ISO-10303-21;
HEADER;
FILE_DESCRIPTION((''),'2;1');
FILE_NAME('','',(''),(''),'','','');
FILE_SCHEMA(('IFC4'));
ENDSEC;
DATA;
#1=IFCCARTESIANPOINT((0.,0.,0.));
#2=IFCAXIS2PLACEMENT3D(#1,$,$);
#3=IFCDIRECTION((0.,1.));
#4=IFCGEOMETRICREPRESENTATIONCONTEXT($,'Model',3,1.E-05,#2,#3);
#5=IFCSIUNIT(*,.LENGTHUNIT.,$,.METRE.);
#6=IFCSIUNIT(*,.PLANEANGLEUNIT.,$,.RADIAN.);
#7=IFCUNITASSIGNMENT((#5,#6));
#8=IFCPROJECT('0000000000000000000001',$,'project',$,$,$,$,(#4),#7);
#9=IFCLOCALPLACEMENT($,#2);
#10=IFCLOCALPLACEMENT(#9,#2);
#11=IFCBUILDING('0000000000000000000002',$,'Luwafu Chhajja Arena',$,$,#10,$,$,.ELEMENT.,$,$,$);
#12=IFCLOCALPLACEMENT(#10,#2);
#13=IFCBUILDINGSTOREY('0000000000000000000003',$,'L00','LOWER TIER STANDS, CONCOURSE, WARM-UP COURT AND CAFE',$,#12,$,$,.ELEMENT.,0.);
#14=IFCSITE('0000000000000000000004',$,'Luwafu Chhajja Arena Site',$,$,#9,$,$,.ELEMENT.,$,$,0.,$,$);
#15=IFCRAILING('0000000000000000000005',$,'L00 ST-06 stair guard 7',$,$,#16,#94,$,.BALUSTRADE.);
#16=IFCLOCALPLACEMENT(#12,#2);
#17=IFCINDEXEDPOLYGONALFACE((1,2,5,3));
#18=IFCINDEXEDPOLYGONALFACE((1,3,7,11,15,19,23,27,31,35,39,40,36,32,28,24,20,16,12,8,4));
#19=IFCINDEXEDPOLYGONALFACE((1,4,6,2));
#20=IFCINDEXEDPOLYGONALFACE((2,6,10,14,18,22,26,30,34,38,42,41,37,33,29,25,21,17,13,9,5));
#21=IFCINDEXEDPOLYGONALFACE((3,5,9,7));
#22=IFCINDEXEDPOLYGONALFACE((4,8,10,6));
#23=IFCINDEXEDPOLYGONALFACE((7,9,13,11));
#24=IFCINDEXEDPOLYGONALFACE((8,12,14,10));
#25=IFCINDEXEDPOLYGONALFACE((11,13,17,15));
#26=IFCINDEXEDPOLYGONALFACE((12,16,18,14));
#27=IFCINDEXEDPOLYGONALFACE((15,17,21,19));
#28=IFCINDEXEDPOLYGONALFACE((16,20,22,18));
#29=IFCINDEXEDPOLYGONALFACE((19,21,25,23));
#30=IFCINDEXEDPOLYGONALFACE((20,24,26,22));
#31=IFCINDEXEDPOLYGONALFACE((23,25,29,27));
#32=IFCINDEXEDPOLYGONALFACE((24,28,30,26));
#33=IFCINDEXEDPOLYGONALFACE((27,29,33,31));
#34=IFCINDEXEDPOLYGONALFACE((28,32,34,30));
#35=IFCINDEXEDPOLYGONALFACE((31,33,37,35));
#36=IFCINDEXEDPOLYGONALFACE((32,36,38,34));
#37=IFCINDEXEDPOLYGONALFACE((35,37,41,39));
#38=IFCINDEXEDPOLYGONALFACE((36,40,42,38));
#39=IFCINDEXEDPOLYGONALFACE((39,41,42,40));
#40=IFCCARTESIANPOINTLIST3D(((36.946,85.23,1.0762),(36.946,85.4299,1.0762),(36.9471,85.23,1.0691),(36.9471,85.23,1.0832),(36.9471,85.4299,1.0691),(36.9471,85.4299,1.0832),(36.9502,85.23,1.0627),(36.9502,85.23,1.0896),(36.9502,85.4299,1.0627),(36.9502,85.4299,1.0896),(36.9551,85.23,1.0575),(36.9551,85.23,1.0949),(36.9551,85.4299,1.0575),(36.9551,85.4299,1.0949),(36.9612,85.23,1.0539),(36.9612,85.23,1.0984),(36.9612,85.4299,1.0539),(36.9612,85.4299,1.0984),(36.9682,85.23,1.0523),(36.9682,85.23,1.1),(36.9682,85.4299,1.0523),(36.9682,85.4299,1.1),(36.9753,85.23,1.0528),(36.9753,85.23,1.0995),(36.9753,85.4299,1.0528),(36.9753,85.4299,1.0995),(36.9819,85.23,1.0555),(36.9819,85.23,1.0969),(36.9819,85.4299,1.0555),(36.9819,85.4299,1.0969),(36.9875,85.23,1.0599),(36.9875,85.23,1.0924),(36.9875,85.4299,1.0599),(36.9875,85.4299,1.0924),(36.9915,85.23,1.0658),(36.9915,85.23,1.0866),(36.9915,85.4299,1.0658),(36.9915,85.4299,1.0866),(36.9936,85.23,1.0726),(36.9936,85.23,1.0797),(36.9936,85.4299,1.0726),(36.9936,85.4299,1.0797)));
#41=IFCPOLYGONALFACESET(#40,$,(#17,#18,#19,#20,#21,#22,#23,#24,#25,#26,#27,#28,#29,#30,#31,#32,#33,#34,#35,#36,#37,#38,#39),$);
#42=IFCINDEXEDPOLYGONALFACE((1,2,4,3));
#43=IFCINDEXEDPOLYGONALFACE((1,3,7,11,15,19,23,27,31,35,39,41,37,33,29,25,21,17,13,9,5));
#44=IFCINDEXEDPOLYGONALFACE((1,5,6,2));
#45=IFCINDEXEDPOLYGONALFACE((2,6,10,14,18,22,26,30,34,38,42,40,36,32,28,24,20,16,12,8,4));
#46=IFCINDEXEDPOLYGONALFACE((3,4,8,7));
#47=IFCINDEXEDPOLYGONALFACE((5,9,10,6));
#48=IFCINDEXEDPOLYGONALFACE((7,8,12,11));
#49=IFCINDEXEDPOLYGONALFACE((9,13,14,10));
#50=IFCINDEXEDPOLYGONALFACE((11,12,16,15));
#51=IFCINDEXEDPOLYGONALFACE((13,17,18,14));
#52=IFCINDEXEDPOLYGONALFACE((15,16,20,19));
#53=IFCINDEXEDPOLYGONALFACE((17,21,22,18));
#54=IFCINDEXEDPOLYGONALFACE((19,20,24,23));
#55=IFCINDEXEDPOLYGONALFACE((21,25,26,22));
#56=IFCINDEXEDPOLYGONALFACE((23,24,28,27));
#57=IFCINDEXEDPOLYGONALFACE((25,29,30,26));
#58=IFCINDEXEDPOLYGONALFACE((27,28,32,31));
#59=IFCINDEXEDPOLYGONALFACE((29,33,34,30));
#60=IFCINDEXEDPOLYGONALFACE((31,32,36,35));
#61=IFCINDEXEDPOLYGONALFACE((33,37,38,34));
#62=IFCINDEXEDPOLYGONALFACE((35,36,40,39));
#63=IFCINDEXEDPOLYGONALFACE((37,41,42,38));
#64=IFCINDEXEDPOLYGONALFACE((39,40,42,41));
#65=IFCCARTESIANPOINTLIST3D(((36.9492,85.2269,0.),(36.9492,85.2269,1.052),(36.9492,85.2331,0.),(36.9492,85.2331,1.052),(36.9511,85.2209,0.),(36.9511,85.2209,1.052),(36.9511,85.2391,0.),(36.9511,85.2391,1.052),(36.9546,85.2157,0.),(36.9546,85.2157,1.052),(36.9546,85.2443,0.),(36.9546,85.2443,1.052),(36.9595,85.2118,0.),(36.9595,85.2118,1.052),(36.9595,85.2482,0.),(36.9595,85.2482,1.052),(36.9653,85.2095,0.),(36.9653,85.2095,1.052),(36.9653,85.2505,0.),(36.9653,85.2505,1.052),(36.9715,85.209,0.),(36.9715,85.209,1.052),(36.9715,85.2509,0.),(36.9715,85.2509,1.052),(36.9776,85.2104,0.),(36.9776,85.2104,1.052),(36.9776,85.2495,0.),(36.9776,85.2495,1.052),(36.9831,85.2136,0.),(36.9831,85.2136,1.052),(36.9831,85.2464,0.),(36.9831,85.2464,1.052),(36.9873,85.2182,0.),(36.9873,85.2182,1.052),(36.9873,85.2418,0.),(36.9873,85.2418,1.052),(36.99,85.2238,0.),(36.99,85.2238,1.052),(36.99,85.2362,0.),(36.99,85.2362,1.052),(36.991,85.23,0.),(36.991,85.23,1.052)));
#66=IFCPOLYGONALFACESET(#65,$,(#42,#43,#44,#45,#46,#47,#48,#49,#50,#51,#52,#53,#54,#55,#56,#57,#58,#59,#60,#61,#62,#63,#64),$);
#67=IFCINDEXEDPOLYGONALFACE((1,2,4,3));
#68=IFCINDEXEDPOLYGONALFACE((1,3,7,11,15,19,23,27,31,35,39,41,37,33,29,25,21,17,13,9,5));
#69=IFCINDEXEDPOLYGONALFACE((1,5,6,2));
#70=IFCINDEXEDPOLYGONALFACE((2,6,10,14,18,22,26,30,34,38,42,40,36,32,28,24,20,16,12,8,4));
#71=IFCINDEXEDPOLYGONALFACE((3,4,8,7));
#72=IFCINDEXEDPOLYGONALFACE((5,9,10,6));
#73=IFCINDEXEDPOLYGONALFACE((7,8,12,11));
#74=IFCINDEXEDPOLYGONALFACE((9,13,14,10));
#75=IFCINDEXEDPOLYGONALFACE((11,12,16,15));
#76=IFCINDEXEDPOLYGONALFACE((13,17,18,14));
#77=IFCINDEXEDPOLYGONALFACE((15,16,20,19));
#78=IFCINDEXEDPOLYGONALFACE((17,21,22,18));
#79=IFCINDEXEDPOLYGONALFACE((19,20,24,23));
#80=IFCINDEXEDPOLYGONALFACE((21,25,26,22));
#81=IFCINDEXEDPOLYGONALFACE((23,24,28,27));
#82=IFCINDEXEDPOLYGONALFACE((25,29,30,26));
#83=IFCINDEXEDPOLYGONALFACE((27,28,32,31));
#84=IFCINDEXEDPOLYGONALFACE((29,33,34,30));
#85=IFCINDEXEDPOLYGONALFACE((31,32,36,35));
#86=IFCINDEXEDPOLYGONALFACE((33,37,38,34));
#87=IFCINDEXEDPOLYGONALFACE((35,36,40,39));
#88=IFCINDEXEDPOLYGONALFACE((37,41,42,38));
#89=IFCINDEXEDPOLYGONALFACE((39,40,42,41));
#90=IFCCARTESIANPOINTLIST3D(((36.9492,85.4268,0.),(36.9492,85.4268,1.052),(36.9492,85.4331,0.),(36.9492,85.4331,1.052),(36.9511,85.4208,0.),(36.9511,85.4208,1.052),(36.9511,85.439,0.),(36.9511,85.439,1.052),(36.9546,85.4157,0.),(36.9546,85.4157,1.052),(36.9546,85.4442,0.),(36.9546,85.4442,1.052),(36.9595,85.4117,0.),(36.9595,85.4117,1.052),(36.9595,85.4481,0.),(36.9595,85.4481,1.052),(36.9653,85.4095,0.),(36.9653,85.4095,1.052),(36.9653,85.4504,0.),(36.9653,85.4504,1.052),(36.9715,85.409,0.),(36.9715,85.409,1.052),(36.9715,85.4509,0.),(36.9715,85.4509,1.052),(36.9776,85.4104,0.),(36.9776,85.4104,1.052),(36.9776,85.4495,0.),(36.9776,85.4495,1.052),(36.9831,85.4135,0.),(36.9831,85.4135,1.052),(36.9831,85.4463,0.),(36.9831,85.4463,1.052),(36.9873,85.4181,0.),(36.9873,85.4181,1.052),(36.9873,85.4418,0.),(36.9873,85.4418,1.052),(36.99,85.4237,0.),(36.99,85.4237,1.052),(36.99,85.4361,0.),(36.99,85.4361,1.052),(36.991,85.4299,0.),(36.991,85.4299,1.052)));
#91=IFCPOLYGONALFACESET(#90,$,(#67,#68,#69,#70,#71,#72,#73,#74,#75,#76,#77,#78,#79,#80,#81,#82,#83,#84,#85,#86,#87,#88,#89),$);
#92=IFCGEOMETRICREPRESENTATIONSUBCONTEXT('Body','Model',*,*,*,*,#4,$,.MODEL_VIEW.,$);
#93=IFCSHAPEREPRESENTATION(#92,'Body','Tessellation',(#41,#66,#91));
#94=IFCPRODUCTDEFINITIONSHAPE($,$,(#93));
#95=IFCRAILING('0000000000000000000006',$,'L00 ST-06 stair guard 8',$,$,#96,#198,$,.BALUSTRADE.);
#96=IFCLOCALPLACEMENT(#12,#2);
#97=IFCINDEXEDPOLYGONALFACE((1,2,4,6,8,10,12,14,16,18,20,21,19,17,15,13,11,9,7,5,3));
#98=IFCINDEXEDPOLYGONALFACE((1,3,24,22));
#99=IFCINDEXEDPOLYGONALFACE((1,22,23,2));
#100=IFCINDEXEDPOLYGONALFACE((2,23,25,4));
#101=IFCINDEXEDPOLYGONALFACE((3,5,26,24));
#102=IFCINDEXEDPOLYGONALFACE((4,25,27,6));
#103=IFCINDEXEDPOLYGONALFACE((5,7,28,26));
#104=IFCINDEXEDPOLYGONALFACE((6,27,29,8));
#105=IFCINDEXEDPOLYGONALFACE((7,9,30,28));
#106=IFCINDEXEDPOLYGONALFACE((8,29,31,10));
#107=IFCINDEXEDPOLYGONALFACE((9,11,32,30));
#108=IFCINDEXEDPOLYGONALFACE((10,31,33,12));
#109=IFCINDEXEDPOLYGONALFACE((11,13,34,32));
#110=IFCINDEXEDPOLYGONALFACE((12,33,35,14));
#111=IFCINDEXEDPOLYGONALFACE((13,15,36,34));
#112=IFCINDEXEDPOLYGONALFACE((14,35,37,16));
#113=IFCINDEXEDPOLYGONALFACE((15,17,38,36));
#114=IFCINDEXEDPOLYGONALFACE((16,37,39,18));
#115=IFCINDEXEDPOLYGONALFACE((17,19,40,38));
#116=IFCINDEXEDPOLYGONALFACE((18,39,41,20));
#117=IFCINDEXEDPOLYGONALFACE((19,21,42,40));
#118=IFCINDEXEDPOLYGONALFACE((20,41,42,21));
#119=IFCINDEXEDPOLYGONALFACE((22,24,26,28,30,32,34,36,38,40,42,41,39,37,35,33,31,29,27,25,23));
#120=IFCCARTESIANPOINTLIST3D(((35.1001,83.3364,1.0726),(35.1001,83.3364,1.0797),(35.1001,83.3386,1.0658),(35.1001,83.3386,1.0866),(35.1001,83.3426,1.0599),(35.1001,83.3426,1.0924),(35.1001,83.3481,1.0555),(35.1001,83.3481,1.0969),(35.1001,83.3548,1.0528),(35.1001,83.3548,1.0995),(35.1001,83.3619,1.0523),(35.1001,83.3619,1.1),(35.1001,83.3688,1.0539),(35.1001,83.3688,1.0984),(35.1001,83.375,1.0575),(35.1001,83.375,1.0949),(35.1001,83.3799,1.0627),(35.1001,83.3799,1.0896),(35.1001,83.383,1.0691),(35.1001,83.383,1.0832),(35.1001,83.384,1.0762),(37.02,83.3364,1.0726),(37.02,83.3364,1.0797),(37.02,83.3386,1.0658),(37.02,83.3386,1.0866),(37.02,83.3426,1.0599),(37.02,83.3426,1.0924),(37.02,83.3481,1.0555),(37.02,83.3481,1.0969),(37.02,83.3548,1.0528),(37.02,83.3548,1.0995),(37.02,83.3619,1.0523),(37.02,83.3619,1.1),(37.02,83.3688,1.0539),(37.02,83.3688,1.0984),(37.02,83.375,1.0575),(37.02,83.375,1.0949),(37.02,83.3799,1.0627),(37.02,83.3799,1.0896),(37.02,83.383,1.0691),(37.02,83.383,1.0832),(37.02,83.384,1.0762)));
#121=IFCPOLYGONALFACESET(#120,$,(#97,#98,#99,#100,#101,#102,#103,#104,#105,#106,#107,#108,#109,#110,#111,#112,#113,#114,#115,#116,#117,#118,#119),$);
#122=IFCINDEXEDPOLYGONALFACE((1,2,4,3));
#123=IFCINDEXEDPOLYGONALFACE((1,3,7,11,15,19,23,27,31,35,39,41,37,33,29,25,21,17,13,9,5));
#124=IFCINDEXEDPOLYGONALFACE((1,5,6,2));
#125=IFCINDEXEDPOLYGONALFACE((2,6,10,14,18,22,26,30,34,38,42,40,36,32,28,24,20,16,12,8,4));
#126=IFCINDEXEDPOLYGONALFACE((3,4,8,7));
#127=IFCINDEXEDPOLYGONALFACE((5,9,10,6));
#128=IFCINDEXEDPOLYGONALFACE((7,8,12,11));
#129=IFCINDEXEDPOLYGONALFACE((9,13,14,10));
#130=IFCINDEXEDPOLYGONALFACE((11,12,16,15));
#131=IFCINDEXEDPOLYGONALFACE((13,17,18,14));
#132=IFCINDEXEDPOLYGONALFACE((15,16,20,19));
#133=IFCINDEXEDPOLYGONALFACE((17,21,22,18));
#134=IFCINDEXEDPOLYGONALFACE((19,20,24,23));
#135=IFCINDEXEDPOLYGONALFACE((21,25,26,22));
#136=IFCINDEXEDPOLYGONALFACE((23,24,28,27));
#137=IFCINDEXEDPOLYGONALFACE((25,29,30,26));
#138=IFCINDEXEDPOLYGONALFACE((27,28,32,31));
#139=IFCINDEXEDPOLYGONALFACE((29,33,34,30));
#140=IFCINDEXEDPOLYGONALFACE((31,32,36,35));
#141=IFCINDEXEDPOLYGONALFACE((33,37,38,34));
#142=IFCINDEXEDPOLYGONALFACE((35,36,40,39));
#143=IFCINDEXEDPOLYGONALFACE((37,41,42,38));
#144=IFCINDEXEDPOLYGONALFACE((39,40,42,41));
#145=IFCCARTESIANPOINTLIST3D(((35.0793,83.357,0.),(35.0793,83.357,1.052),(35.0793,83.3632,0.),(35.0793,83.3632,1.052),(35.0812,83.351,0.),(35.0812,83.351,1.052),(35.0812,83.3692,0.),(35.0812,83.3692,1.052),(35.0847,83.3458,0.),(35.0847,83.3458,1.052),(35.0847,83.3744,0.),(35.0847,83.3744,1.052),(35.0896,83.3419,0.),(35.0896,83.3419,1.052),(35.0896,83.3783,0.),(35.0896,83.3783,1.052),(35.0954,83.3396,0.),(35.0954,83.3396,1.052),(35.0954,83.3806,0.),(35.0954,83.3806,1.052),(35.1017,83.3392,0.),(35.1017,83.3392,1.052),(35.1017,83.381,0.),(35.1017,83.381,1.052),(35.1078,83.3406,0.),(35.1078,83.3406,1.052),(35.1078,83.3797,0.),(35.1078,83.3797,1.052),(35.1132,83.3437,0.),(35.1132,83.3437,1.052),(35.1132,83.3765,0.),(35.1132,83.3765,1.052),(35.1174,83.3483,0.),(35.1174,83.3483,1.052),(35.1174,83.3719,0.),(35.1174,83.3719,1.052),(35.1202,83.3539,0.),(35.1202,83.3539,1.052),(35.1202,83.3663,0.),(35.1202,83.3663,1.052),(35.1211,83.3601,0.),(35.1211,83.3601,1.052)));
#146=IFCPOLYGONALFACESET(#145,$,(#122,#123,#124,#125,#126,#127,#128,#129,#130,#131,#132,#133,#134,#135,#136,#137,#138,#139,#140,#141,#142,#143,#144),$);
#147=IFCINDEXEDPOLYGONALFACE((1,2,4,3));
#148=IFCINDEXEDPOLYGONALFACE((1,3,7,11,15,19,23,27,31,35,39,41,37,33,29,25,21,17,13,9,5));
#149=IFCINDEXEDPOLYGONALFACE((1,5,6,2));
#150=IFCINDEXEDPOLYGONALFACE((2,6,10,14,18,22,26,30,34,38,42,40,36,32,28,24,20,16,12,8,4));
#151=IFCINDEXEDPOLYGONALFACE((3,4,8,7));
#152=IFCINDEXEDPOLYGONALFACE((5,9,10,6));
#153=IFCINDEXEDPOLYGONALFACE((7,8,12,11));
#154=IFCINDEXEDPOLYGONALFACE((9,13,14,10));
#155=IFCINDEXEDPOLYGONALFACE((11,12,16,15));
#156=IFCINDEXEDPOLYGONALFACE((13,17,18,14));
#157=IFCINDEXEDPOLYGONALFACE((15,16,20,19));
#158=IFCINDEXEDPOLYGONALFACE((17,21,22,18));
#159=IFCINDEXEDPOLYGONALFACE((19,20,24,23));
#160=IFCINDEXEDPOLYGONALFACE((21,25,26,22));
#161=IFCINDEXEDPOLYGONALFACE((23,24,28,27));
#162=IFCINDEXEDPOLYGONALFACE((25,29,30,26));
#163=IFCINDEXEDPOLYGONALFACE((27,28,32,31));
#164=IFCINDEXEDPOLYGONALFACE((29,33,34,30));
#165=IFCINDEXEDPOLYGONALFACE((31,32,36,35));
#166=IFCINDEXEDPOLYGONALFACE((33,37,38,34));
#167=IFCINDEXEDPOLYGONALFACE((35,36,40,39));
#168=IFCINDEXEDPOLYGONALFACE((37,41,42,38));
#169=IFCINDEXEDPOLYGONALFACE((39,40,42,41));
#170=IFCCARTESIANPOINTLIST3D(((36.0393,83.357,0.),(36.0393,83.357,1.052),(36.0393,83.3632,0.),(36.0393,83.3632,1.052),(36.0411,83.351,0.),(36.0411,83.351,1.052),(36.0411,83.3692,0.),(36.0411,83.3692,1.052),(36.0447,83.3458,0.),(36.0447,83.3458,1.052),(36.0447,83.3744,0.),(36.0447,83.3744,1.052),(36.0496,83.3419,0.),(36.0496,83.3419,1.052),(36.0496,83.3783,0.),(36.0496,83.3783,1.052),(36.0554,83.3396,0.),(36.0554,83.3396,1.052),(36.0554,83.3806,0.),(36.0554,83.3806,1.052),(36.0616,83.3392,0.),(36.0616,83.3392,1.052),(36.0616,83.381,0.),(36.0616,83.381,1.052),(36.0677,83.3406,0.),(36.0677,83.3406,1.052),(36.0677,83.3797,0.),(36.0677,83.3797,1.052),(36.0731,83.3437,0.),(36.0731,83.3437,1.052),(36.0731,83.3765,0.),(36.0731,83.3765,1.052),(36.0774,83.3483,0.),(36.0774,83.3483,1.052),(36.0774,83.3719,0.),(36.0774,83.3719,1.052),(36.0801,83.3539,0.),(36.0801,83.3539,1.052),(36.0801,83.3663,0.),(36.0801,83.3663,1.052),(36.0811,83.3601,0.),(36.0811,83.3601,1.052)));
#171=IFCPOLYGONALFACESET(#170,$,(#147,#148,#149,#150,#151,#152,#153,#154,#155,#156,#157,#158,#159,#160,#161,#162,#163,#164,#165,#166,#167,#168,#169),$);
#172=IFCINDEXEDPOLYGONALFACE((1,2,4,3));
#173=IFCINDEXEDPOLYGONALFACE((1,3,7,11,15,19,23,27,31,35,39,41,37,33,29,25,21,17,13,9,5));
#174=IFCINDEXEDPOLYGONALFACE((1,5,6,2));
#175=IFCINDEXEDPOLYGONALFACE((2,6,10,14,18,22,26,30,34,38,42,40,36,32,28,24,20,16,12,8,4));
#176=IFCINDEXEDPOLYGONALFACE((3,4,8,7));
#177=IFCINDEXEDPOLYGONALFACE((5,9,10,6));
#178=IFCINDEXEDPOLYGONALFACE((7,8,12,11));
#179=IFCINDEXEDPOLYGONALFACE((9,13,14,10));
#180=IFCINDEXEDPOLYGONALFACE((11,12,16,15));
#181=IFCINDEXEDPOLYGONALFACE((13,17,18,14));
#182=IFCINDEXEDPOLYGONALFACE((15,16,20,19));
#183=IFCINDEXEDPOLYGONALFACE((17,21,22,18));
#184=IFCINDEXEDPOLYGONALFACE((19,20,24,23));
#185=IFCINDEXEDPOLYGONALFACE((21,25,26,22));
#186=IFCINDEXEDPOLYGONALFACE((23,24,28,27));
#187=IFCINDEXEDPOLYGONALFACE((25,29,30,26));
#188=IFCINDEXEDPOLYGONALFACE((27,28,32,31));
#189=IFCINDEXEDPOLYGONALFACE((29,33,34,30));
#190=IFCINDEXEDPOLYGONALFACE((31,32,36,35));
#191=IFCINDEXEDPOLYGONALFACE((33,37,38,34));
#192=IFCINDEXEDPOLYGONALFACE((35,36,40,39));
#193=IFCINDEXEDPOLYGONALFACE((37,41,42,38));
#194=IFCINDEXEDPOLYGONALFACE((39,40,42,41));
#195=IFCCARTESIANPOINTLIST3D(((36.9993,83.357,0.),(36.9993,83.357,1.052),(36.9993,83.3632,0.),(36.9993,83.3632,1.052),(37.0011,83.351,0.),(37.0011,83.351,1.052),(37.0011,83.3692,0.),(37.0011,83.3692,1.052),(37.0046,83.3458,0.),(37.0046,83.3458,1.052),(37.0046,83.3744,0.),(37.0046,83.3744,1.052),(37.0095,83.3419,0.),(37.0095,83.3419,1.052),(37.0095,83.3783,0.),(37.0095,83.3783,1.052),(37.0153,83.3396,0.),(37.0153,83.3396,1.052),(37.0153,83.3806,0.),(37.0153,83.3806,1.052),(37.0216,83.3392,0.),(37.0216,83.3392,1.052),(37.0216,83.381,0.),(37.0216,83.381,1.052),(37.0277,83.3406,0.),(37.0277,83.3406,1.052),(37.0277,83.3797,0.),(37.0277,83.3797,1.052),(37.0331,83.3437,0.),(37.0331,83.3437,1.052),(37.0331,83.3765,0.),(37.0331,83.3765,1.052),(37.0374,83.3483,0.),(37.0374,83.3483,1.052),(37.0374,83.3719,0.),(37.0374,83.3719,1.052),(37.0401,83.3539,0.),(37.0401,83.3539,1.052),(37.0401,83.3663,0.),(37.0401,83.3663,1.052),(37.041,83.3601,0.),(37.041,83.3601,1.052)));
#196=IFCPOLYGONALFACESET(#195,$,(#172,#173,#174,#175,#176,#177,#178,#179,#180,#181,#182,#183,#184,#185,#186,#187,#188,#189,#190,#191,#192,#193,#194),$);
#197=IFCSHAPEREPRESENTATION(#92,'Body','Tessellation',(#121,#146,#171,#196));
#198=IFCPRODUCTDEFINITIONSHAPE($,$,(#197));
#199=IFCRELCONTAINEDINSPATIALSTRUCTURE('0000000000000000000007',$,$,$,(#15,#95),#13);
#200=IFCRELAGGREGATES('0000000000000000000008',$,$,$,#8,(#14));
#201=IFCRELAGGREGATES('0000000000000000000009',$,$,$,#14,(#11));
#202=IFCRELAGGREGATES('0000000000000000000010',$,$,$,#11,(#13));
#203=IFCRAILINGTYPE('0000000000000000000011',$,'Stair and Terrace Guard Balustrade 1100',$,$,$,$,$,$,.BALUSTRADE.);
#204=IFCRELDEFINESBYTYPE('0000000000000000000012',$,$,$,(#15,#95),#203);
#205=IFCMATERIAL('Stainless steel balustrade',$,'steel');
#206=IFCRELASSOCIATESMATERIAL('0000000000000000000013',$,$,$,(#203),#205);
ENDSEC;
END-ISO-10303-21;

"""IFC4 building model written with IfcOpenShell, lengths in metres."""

from ifc_helpers import new_model, si_unit, direction, frame, origin, origin_2d, place, context, subcontext, project, spatial, circle, extrude, material, type_object, element, save


model = new_model("IFC4")

# Units and contexts
model_context = context("Model", 3, precision=1e-05, world=origin(), true_north=direction((0.0, 1.0)))
body_context = subcontext(model_context, "Body", "Model", "MODEL_VIEW")
ifc_project = project(units=[si_unit("LENGTHUNIT", "METRE"), si_unit("PLANEANGLEUNIT", "RADIAN")], contexts=[model_context])

# Site, building, storey
site_placement = place(None, origin())
site = spatial("IfcSite", under=ifc_project, at=site_placement, Name="Luwafu Chhajja Arena Site", CompositionType="ELEMENT", RefElevation=0.0)
building_placement = place(site_placement, origin())
building = spatial("IfcBuilding", under=site, at=building_placement, Name="Luwafu Chhajja Arena", CompositionType="ELEMENT")
storey_placement = place(building_placement, origin())
storey = spatial("IfcBuildingStorey", under=building, at=storey_placement, Name="L00", Description="LOWER TIER STANDS, CONCOURSE, WARM-UP COURT AND CAFE", CompositionType="ELEMENT", Elevation=0.0)

# Railings
ifc_material_1 = material(Name="Stainless steel balustrade", Category="steel")
railing_type_1 = type_object("IfcRailingType", Name="Stair and Terrace Guard Balustrade 1100", PredefinedType="BALUSTRADE", material=ifc_material_1)
railing_1_placement = place(storey_placement, frame((36.97, 85.23, 0.0)))
element("IfcRailing", 1, at=railing_1_placement, inside=storey, type_object=railing_type_1, Name="L00 ST-06 stair guard 7", PredefinedType="BALUSTRADE", context=body_context, shape_type="SweptSolid", body=[
    extrude(circle(Radius=0.0239, at=origin_2d()), frame((0.0, 0.0, 1.0762), z_axis=(0.0, 1.0, 0.0), x_axis=(-1.0, 0.0, 0.0)), (0.0, 0.0, 1.0), 0.2),
    extrude(circle(Radius=0.021, at=origin_2d()), origin(), (0.0, 0.0, 1.0), 1.052),
    extrude(circle(Radius=0.021, at=origin_2d()), frame((0.0, 0.2, 0.0)), (0.0, 0.0, 1.0), 1.052),
])
for number, where, name in (
    (2, (35.1001, 83.3601, 0.0), "L00 ST-06 stair guard 8"),
):
    element("IfcRailing", number, at=place(storey_placement, frame(where)), inside=storey, type_object=railing_type_1, Name=name, PredefinedType="BALUSTRADE", context=body_context, shape_type="SweptSolid", body=[
        extrude(circle(Radius=0.0239, at=origin_2d()), frame((0.0, 0.0, 1.0762), z_axis=(1.0, 0.0, 0.0), x_axis=(0.0, 1.0, 0.0)), (0.0, 0.0, 1.0), 1.9199),
        extrude(circle(Radius=0.021, at=origin_2d()), origin(), (0.0, 0.0, 1.0), 1.052),
        extrude(circle(Radius=0.021, at=origin_2d()), frame((0.96, 0.0, 0.0)), (0.0, 0.0, 1.0), 1.052),
        extrude(circle(Radius=0.021, at=origin_2d()), frame((1.9199, 0.0, 0.0)), (0.0, 0.0, 1.0), 1.052),
    ])

save(model, "model.ifc")
